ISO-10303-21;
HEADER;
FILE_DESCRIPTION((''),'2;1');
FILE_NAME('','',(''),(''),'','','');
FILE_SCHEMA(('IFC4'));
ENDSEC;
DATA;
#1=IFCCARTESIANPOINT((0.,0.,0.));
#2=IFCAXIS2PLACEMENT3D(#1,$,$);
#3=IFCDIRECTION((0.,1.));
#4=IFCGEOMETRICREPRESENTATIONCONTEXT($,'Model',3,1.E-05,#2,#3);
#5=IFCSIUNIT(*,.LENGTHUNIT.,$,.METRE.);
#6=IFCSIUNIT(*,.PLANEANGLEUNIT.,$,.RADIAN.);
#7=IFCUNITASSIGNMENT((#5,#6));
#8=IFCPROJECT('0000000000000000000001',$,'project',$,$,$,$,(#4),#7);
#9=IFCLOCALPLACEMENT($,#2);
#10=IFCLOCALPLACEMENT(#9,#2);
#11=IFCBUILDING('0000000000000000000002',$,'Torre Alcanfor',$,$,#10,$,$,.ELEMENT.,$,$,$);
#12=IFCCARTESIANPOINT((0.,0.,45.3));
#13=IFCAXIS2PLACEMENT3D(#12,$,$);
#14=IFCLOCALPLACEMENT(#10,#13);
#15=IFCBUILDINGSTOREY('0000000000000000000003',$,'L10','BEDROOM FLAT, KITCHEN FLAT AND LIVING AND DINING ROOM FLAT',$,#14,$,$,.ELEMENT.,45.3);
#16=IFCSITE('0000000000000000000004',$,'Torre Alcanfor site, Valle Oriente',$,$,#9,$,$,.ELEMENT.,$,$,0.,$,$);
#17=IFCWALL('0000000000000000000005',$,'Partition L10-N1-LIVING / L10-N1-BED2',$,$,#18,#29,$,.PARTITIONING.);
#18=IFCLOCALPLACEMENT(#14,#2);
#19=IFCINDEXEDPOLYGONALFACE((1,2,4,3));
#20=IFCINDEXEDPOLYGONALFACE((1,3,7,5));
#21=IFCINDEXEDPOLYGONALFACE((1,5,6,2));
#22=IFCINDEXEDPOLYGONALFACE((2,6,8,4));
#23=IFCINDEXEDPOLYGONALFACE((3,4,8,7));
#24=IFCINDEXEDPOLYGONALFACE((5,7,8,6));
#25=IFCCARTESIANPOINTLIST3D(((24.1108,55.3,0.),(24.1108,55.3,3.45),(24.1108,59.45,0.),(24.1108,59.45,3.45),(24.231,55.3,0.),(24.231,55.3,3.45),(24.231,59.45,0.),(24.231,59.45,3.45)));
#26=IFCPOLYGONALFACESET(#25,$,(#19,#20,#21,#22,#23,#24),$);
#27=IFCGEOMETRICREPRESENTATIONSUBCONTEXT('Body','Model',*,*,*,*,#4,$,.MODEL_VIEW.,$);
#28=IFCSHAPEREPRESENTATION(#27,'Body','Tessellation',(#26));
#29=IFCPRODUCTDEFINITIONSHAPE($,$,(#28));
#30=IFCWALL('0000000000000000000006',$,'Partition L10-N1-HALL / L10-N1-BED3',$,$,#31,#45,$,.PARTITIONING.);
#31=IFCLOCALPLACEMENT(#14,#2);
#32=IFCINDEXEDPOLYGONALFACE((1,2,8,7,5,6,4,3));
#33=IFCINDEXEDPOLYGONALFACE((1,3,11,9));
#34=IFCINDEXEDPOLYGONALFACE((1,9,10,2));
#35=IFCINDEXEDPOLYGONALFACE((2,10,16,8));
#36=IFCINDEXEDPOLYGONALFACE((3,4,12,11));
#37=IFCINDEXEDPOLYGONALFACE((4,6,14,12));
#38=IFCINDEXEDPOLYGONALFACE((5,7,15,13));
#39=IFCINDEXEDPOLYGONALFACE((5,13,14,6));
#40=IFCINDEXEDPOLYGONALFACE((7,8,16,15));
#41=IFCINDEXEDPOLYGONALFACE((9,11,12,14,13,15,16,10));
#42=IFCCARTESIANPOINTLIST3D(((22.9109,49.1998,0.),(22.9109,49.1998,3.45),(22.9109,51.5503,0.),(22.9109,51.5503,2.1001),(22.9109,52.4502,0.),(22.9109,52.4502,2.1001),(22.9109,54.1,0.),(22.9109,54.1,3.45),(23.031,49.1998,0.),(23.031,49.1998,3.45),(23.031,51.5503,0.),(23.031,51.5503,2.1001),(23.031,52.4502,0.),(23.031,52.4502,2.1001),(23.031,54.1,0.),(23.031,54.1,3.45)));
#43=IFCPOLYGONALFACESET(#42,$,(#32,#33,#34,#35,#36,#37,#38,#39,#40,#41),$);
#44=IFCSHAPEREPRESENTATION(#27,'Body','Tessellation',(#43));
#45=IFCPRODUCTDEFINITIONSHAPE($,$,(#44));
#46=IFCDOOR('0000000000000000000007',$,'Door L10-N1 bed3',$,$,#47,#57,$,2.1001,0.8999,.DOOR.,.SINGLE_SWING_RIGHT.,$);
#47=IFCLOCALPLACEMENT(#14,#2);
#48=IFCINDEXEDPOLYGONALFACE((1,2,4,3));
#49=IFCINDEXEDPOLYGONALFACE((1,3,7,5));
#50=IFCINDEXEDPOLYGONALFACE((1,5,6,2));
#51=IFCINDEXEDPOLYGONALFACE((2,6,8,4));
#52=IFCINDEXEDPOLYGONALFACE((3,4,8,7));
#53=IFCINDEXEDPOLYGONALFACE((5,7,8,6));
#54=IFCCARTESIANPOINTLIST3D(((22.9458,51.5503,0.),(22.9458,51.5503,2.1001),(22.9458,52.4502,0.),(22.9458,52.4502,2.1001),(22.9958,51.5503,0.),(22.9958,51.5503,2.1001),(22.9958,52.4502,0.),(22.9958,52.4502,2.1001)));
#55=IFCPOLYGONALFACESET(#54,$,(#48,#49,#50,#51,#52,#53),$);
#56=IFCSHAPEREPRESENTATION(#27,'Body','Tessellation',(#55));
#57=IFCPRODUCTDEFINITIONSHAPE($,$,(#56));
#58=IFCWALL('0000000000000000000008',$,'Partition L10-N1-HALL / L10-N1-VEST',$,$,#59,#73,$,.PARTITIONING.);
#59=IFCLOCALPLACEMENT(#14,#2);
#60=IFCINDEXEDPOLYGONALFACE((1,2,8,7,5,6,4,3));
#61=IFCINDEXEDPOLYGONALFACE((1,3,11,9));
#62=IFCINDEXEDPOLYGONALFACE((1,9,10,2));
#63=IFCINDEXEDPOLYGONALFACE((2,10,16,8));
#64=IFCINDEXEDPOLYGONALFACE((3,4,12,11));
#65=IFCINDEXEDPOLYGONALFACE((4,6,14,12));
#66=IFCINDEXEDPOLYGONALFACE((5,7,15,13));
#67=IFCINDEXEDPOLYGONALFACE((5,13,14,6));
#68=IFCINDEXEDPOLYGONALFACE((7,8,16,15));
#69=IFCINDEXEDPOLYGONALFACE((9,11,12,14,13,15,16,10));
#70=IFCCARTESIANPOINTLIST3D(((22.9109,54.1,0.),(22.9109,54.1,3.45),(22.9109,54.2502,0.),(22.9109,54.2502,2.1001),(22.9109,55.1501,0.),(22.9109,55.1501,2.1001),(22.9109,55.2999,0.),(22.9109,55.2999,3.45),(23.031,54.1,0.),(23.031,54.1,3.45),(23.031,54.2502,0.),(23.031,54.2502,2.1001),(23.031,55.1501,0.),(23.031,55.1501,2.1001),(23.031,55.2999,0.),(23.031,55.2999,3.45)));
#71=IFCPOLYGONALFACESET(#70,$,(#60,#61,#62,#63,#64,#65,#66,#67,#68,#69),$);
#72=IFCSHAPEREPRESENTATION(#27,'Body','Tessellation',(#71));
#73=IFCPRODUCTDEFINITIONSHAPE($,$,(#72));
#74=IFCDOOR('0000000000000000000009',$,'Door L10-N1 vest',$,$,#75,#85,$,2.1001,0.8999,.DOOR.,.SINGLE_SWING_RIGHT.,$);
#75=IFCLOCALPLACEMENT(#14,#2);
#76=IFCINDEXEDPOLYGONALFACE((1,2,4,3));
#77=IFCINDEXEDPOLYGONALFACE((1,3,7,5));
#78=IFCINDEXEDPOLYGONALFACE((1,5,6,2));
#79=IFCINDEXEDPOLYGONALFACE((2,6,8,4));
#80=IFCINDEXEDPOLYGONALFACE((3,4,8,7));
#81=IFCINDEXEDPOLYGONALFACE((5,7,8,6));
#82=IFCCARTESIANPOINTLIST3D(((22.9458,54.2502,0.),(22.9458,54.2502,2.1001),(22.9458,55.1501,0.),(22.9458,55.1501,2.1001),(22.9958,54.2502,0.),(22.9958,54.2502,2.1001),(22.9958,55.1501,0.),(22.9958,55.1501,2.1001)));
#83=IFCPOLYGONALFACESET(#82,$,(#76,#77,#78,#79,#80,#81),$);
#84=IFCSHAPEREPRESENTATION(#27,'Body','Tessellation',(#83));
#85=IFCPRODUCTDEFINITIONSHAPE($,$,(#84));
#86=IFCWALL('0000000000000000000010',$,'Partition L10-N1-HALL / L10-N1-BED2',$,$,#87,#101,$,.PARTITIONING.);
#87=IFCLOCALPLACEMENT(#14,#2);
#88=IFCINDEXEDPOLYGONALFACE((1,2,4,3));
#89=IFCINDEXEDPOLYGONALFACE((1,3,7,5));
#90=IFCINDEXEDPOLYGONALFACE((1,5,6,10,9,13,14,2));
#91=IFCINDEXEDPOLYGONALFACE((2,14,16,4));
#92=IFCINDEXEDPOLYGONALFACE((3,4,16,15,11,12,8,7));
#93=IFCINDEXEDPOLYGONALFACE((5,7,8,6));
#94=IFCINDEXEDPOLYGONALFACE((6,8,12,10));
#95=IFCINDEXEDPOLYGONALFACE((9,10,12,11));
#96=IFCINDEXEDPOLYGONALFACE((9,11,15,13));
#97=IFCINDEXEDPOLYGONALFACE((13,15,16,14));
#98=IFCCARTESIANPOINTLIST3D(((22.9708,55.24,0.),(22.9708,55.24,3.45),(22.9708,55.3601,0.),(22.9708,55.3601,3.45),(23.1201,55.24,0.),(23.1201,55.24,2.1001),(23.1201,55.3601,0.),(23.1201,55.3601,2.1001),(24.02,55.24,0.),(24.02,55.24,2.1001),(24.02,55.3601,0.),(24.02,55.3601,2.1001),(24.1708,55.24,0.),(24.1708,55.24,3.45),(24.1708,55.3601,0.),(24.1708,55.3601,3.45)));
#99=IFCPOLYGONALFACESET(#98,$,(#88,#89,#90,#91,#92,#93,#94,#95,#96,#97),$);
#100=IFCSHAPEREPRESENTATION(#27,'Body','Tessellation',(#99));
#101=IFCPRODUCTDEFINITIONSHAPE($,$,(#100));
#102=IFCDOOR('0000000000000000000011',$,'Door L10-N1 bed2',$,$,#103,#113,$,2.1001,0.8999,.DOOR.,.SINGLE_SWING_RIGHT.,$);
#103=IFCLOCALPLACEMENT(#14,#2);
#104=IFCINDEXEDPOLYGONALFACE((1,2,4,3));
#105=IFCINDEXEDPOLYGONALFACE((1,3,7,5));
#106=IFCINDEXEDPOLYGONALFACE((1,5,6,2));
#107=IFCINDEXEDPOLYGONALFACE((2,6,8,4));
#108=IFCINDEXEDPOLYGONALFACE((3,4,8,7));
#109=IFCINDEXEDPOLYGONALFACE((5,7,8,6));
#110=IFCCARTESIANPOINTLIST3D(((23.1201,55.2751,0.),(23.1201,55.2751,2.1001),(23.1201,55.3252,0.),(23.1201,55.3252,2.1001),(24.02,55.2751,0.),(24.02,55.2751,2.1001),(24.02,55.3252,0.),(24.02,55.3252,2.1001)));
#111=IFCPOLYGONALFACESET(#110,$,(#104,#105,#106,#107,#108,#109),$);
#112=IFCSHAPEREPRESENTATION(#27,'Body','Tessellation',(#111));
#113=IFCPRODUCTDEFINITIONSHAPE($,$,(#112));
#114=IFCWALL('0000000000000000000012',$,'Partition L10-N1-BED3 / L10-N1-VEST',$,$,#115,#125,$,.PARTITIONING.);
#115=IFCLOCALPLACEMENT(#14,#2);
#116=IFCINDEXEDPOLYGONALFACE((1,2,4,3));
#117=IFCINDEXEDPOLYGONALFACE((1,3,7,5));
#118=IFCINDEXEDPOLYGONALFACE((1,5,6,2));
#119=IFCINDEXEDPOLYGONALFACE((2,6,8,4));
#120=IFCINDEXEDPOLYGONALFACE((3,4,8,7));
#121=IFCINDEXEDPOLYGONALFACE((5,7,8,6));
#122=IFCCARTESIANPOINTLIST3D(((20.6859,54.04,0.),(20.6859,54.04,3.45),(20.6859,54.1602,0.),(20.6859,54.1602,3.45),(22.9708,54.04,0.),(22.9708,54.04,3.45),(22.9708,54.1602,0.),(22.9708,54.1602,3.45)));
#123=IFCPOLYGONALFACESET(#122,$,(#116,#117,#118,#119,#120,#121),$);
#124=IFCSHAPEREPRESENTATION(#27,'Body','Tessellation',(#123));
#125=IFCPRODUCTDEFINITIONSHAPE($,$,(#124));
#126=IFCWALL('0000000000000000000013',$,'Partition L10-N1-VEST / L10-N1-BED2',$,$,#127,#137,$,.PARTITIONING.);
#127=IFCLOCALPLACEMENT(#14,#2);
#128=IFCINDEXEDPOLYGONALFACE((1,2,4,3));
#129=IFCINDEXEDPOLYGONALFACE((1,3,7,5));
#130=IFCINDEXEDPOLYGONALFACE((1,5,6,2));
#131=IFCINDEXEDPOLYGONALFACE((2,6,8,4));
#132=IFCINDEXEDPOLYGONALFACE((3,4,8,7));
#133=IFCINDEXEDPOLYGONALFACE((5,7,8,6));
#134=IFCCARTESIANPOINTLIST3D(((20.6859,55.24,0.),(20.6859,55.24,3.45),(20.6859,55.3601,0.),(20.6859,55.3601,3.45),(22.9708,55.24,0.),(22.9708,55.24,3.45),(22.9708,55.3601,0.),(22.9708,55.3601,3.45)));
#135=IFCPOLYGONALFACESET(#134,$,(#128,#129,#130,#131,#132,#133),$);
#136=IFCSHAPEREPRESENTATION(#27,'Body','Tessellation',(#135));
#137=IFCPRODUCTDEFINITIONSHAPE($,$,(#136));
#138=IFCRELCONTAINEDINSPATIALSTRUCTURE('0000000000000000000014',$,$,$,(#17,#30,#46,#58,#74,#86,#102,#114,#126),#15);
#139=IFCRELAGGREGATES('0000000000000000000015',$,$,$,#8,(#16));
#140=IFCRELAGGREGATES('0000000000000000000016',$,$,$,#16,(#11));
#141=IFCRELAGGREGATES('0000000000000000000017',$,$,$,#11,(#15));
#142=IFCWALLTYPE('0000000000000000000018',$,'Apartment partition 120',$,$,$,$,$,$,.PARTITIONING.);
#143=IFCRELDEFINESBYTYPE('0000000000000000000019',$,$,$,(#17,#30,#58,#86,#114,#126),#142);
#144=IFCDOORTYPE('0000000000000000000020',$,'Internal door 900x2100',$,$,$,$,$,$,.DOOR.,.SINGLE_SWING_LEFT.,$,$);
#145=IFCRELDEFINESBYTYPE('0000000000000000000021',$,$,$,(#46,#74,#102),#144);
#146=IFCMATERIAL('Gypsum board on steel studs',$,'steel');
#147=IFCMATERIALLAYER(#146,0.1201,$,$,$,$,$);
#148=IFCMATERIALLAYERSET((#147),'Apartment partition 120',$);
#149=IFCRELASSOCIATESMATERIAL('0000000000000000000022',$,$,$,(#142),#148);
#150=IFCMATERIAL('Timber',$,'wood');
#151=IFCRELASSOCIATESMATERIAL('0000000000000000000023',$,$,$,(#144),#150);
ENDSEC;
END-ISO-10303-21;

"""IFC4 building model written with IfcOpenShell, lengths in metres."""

from ifc_helpers import new_model, si_unit, direction, frame, frame_2d, origin, place, context, subcontext, project, spatial, rectangle, extrude, material, layer, layer_set, type_object, element, fill, save


model = new_model("IFC4")

# Units and contexts
model_context = context("Model", 3, precision=1e-05, world=origin(), true_north=direction((0.0, 1.0)))
body_context = subcontext(model_context, "Body", "Model", "MODEL_VIEW")
ifc_project = project(units=[si_unit("LENGTHUNIT", "METRE"), si_unit("PLANEANGLEUNIT", "RADIAN")], contexts=[model_context])

# Site, building, storey
site_placement = place(None, origin())
site = spatial("IfcSite", under=ifc_project, at=site_placement, Name="Torre Alcanfor site, Valle Oriente", CompositionType="ELEMENT", RefElevation=0.0)
building_placement = place(site_placement, origin())
building = spatial("IfcBuilding", under=site, at=building_placement, Name="Torre Alcanfor", CompositionType="ELEMENT")
storey_placement = place(building_placement, frame((0.0, 0.0, 45.3)))
storey = spatial("IfcBuildingStorey", under=building, at=storey_placement, Name="L10", Description="BEDROOM FLAT, KITCHEN FLAT AND LIVING AND DINING ROOM FLAT", CompositionType="ELEMENT", Elevation=45.3)

# Shared definitions
ifc_material_1 = material(Name="Gypsum board on steel studs", Category="steel")
ifc_layer_1 = layer(ifc_material_1, 0.1201)
ifc_layer_set_1 = layer_set([ifc_layer_1], Name="Apartment partition 120")
wall_type = type_object("IfcWallType", Name="Apartment partition 120", PredefinedType="PARTITIONING", material=ifc_layer_set_1)
ifc_material_2 = material(Name="Timber", Category="wood")
door_type = type_object("IfcDoorType", Name="Internal door 900x2100", OperationType="SINGLE_SWING_LEFT", PredefinedType="DOOR", material=ifc_material_2)

# Wall
wall_1_placement = place(storey_placement, frame((24.1709, 59.45, 0.0), z_axis=(0.0, 0.0, 1.0), x_axis=(0.0, -1.0, 0.0)))
element("IfcWall", 1, at=wall_1_placement, inside=storey, type_object=wall_type, Name="Partition L10-N1-LIVING / L10-N1-BED2", PredefinedType="PARTITIONING", context=body_context, shape_type="SweptSolid", body=[
    extrude(rectangle(XDim=4.1499, YDim=0.1201, at=frame_2d((2.075, 0.0))), origin(), (0.0, 0.0, 1.0), 3.45),
])

# Walls, openings, doors
wall_2_placement = place(storey_placement, frame((22.9709, 54.1001, 0.0), z_axis=(0.0, 0.0, 1.0), x_axis=(0.0, -1.0, 0.0)))
wall_2 = element("IfcWall", 2, at=wall_2_placement, inside=storey, type_object=wall_type, Name="Partition L10-N1-HALL / L10-N1-BED3", PredefinedType="PARTITIONING", context=body_context, shape_type="SweptSolid", body=[
    extrude(rectangle(XDim=4.9001, YDim=0.1201, at=frame_2d((2.4502, 0.0))), origin(), (0.0, 0.0, 1.0), 3.45),
])
opening_1_placement = place(wall_2_placement, frame((1.6499, 0.0, 0.0)))
opening_1 = element("IfcOpeningElement", 3, at=opening_1_placement, cuts=wall_2, PredefinedType="OPENING", context=body_context, shape_type="SweptSolid", body=[
    extrude(rectangle(XDim=0.8999, YDim=2.1001, at=frame_2d((0.45, 1.05))), frame((0.0, 0.0701, 0.0), z_axis=(0.0, -1.0, 0.0), x_axis=(1.0, 0.0, 0.0)), (0.0, 0.0, 1.0), 0.1401),
])
door_1_placement = place(opening_1_placement, frame((0.8999, 0.0, 0.0), z_axis=(0.0, 0.0, 1.0), x_axis=(-1.0, 0.0, 0.0)))
door_1 = element("IfcDoor", 4, at=door_1_placement, inside=storey, type_object=door_type, Name="Door L10-N1 bed3", OperationType="SINGLE_SWING_RIGHT", OverallHeight=2.1001, OverallWidth=0.8999, PredefinedType="DOOR", context=body_context, shape_type="SweptSolid", body=[
    extrude(rectangle(XDim=0.8999, YDim=2.1001, at=frame_2d((0.45, 1.05))), frame((0.0, 0.0251, 0.0), z_axis=(0.0, -1.0, 0.0), x_axis=(1.0, 0.0, 0.0)), (0.0, 0.0, 1.0), 0.05),
])
fill(opening_1, door_1)
wall_3_placement = place(storey_placement, frame((22.9709, 55.3, 0.0), z_axis=(0.0, 0.0, 1.0), x_axis=(0.0, -1.0, 0.0)))
wall_3 = element("IfcWall", 5, at=wall_3_placement, inside=storey, type_object=wall_type, Name="Partition L10-N1-HALL / L10-N1-VEST", PredefinedType="PARTITIONING", context=body_context, shape_type="SweptSolid", body=[
    extrude(rectangle(XDim=1.2, YDim=0.1201, at=frame_2d((0.6001, 0.0))), origin(), (0.0, 0.0, 1.0), 3.45),
])
opening_2_placement = place(wall_3_placement, frame((0.1499, 0.0, 0.0)))
opening_2 = element("IfcOpeningElement", 6, at=opening_2_placement, cuts=wall_3, PredefinedType="OPENING", context=body_context, shape_type="SweptSolid", body=[
    extrude(rectangle(XDim=0.8999, YDim=2.1001, at=frame_2d((0.45, 1.05))), frame((0.0, 0.0701, 0.0), z_axis=(0.0, -1.0, 0.0), x_axis=(1.0, 0.0, 0.0)), (0.0, 0.0, 1.0), 0.1401),
])
door_2_placement = place(opening_2_placement, frame((0.8999, 0.0, 0.0), z_axis=(0.0, 0.0, 1.0), x_axis=(-1.0, 0.0, 0.0)))
door_2 = element("IfcDoor", 7, at=door_2_placement, inside=storey, type_object=door_type, Name="Door L10-N1 vest", OperationType="SINGLE_SWING_RIGHT", OverallHeight=2.1001, OverallWidth=0.8999, PredefinedType="DOOR", context=body_context, shape_type="SweptSolid", body=[
    extrude(rectangle(XDim=0.8999, YDim=2.1001, at=frame_2d((0.45, 1.05))), frame((0.0, 0.0251, 0.0), z_axis=(0.0, -1.0, 0.0), x_axis=(1.0, 0.0, 0.0)), (0.0, 0.0, 1.0), 0.05),
])
fill(opening_2, door_2)
wall_4_placement = place(storey_placement, frame((24.1709, 55.3, 0.0), z_axis=(0.0, 0.0, 1.0), x_axis=(-1.0, 0.0, 0.0)))
wall_4 = element("IfcWall", 8, at=wall_4_placement, inside=storey, type_object=wall_type, Name="Partition L10-N1-HALL / L10-N1-BED2", PredefinedType="PARTITIONING", context=body_context, shape_type="SweptSolid", body=[
    extrude(rectangle(XDim=1.2, YDim=0.1201, at=frame_2d((0.6001, 0.0))), origin(), (0.0, 0.0, 1.0), 3.45),
])
opening_3_placement = place(wall_4_placement, frame((0.1509, 0.0, 0.0)))
opening_3 = element("IfcOpeningElement", 9, at=opening_3_placement, cuts=wall_4, PredefinedType="OPENING", context=body_context, shape_type="SweptSolid", body=[
    extrude(rectangle(XDim=0.8999, YDim=2.1001, at=frame_2d((0.45, 1.05))), frame((0.0, 0.0701, 0.0), z_axis=(0.0, -1.0, 0.0), x_axis=(1.0, 0.0, 0.0)), (0.0, 0.0, 1.0), 0.1401),
])
door_3_placement = place(opening_3_placement, frame((0.8999, 0.0, 0.0), z_axis=(0.0, 0.0, 1.0), x_axis=(-1.0, 0.0, 0.0)))
door_3 = element("IfcDoor", 10, at=door_3_placement, inside=storey, type_object=door_type, Name="Door L10-N1 bed2", OperationType="SINGLE_SWING_RIGHT", OverallHeight=2.1001, OverallWidth=0.8999, PredefinedType="DOOR", context=body_context, shape_type="SweptSolid", body=[
    extrude(rectangle(XDim=0.8999, YDim=2.1001, at=frame_2d((0.45, 1.05))), frame((0.0, 0.0251, 0.0), z_axis=(0.0, -1.0, 0.0), x_axis=(1.0, 0.0, 0.0)), (0.0, 0.0, 1.0), 0.05),
])
fill(opening_3, door_3)

# Walls
for number, where, z_axis, x_axis, name in (
    (11, (22.9709, 54.1001, 0.0), (0.0, 0.0, 1.0), (-1.0, 0.0, 0.0), "Partition L10-N1-BED3 / L10-N1-VEST"),
    (12, (22.9709, 55.3, 0.0), (0.0, 0.0, 1.0), (-1.0, 0.0, 0.0), "Partition L10-N1-VEST / L10-N1-BED2"),
):
    element("IfcWall", number, at=place(storey_placement, frame(where, z_axis=z_axis, x_axis=x_axis)), inside=storey, type_object=wall_type, Name=name, PredefinedType="PARTITIONING", context=body_context, shape_type="SweptSolid", body=[
        extrude(rectangle(XDim=2.2849, YDim=0.1201, at=frame_2d((1.1426, 0.0))), origin(), (0.0, 0.0, 1.0), 3.45),
    ])

save(model, "model.ifc")
